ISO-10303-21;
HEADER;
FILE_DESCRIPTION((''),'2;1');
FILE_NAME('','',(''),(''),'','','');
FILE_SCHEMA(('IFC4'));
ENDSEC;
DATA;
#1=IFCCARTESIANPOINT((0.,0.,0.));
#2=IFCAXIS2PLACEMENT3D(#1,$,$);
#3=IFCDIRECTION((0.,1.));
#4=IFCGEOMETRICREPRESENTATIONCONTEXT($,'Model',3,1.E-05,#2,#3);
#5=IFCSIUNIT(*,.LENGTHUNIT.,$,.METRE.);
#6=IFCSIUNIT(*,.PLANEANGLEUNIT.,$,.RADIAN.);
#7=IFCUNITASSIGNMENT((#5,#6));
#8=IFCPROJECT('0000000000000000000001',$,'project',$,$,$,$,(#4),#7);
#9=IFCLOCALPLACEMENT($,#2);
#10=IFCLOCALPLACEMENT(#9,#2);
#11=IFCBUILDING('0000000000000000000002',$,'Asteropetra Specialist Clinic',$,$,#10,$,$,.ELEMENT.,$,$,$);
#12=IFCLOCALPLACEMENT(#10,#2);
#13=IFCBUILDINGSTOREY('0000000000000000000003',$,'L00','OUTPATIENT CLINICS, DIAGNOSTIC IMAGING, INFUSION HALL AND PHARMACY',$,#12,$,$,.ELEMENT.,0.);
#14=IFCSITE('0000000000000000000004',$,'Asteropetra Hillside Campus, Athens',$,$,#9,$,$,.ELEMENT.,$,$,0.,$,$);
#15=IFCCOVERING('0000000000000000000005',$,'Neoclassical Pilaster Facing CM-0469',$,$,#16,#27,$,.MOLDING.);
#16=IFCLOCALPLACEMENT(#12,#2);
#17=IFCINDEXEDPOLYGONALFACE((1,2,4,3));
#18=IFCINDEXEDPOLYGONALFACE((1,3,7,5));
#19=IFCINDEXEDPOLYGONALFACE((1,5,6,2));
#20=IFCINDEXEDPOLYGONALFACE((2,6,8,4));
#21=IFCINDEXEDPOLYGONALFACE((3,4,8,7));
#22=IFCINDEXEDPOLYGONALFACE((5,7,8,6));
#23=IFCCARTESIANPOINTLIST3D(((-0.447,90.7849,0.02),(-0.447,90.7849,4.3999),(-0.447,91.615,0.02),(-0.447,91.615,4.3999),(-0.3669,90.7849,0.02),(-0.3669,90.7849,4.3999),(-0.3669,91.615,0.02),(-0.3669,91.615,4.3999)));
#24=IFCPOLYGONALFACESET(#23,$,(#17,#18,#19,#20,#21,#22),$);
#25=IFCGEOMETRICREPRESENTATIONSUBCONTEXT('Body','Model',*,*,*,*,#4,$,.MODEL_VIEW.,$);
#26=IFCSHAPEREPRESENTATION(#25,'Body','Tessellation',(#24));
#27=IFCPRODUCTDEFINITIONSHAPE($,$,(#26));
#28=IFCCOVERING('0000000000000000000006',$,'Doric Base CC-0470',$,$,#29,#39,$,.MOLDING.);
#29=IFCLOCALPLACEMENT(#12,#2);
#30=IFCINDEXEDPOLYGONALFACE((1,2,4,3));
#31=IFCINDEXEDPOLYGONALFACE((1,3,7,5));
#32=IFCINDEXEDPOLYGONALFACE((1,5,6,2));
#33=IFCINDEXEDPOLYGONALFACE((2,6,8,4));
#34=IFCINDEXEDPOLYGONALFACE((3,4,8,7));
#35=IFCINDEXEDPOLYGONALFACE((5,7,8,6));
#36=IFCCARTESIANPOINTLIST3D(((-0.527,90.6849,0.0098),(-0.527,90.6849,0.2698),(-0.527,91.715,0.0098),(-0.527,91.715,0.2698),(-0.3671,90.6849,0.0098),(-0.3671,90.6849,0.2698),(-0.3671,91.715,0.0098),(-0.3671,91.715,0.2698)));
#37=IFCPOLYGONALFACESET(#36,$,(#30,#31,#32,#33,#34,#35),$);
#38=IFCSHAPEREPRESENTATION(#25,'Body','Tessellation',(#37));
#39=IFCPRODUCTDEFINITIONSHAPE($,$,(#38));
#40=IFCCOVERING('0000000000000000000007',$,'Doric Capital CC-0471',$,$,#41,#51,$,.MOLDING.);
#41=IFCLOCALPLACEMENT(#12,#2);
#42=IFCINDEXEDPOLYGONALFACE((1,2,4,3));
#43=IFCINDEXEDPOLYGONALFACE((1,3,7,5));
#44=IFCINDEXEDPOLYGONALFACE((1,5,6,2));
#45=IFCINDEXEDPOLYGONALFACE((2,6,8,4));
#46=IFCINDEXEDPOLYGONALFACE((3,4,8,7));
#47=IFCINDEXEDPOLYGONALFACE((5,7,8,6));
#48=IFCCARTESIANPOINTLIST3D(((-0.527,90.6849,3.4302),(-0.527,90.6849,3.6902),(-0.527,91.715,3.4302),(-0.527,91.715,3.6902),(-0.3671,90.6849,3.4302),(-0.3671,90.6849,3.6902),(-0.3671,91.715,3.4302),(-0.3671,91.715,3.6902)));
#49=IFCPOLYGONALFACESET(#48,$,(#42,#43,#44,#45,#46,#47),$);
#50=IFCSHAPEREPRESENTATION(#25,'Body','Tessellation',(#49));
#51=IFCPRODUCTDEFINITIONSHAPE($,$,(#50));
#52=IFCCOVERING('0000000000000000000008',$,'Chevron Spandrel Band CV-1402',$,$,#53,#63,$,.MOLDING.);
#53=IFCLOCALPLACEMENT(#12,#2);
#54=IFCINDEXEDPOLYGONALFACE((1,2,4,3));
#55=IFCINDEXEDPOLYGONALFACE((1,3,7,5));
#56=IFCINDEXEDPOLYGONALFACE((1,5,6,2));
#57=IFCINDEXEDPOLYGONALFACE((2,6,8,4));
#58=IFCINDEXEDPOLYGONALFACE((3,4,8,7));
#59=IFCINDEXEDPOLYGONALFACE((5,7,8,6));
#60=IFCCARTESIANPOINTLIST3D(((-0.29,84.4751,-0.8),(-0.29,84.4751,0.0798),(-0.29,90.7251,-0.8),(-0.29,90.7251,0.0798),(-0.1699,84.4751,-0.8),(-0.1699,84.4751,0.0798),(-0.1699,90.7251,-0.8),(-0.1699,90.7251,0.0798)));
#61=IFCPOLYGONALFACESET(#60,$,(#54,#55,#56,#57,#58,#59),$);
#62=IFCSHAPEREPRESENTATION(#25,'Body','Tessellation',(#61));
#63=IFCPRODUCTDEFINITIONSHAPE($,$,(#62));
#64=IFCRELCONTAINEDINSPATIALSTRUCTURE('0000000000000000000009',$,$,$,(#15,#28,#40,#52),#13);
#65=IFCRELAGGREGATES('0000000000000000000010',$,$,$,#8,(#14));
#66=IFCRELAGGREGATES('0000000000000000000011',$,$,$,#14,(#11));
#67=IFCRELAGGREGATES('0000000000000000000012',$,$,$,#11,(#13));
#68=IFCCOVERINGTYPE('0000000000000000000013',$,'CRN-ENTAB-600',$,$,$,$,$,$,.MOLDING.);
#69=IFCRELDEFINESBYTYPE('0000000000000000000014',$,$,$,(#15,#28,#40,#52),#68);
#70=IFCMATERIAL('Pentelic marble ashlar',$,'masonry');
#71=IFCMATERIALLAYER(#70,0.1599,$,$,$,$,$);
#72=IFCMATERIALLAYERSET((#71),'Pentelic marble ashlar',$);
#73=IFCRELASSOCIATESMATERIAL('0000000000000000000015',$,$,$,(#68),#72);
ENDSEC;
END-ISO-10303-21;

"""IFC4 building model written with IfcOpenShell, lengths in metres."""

from ifc_helpers import new_model, si_unit, direction, frame, origin, origin_2d, place, context, subcontext, project, spatial, rectangle, extrude, material, layer, layer_set, type_object, element, save


model = new_model("IFC4")

# Units and contexts
model_context = context("Model", 3, precision=1e-05, world=origin(), true_north=direction((0.0, 1.0)))
body_context = subcontext(model_context, "Body", "Model", "MODEL_VIEW")
ifc_project = project(units=[si_unit("LENGTHUNIT", "METRE"), si_unit("PLANEANGLEUNIT", "RADIAN")], contexts=[model_context])

# Site, building, storey
site_placement = place(None, origin())
site = spatial("IfcSite", under=ifc_project, at=site_placement, Name="Asteropetra Hillside Campus, Athens", CompositionType="ELEMENT", RefElevation=0.0)
building_placement = place(site_placement, origin())
building = spatial("IfcBuilding", under=site, at=building_placement, Name="Asteropetra Specialist Clinic", CompositionType="ELEMENT")
storey_placement = place(building_placement, origin())
storey = spatial("IfcBuildingStorey", under=building, at=storey_placement, Name="L00", Description="OUTPATIENT CLINICS, DIAGNOSTIC IMAGING, INFUSION HALL AND PHARMACY", CompositionType="ELEMENT", Elevation=0.0)

# Coverings
ifc_material_1 = material(Name="Pentelic marble ashlar", Category="masonry")
ifc_layer_1 = layer(ifc_material_1, 0.1599)
ifc_layer_set_1 = layer_set([ifc_layer_1], Name="Pentelic marble ashlar")
covering_type = type_object("IfcCoveringType", Name="CRN-ENTAB-600", PredefinedType="MOLDING", material=ifc_layer_set_1)
covering_1_placement = place(storey_placement, frame((-0.407, 91.2, 0.02), z_axis=(0.0, 0.0, 1.0), x_axis=(1.0, 0.0, 0.0)))
element("IfcCovering", 1, at=covering_1_placement, inside=storey, type_object=covering_type, Name="Neoclassical Pilaster Facing CM-0469", PredefinedType="MOLDING", context=body_context, shape_type="SweptSolid", body=[
    extrude(rectangle(XDim=0.0801, YDim=0.8301, at=origin_2d()), origin(), (0.0, 0.0, 1.0), 4.3799),
])
for number, where, z_axis, x_axis, name in (
    (2, (-0.447, 91.2, 0.0098), (0.0, 0.0, 1.0), (1.0, 0.0, 0.0), "Doric Base CC-0470"),
    (3, (-0.447, 91.2, 3.4302), (0.0, 0.0, 1.0), (1.0, 0.0, 0.0), "Doric Capital CC-0471"),
):
    element("IfcCovering", number, at=place(storey_placement, frame(where, z_axis=z_axis, x_axis=x_axis)), inside=storey, type_object=covering_type, Name=name, PredefinedType="MOLDING", context=body_context, shape_type="SweptSolid", body=[
        extrude(rectangle(XDim=0.1599, YDim=1.03, at=origin_2d()), origin(), (0.0, 0.0, 1.0), 0.26),
    ])
covering_2_placement = place(storey_placement, frame((-0.23, 87.6001, -0.8), z_axis=(0.0, 0.0, 1.0), x_axis=(1.0, 0.0, 0.0)))
element("IfcCovering", 4, at=covering_2_placement, inside=storey, type_object=covering_type, Name="Chevron Spandrel Band CV-1402", PredefinedType="MOLDING", context=body_context, shape_type="SweptSolid", body=[
    extrude(rectangle(XDim=0.1201, YDim=6.25, at=origin_2d()), origin(), (0.0, 0.0, 1.0), 0.8799),
])

save(model, "model.ifc")
